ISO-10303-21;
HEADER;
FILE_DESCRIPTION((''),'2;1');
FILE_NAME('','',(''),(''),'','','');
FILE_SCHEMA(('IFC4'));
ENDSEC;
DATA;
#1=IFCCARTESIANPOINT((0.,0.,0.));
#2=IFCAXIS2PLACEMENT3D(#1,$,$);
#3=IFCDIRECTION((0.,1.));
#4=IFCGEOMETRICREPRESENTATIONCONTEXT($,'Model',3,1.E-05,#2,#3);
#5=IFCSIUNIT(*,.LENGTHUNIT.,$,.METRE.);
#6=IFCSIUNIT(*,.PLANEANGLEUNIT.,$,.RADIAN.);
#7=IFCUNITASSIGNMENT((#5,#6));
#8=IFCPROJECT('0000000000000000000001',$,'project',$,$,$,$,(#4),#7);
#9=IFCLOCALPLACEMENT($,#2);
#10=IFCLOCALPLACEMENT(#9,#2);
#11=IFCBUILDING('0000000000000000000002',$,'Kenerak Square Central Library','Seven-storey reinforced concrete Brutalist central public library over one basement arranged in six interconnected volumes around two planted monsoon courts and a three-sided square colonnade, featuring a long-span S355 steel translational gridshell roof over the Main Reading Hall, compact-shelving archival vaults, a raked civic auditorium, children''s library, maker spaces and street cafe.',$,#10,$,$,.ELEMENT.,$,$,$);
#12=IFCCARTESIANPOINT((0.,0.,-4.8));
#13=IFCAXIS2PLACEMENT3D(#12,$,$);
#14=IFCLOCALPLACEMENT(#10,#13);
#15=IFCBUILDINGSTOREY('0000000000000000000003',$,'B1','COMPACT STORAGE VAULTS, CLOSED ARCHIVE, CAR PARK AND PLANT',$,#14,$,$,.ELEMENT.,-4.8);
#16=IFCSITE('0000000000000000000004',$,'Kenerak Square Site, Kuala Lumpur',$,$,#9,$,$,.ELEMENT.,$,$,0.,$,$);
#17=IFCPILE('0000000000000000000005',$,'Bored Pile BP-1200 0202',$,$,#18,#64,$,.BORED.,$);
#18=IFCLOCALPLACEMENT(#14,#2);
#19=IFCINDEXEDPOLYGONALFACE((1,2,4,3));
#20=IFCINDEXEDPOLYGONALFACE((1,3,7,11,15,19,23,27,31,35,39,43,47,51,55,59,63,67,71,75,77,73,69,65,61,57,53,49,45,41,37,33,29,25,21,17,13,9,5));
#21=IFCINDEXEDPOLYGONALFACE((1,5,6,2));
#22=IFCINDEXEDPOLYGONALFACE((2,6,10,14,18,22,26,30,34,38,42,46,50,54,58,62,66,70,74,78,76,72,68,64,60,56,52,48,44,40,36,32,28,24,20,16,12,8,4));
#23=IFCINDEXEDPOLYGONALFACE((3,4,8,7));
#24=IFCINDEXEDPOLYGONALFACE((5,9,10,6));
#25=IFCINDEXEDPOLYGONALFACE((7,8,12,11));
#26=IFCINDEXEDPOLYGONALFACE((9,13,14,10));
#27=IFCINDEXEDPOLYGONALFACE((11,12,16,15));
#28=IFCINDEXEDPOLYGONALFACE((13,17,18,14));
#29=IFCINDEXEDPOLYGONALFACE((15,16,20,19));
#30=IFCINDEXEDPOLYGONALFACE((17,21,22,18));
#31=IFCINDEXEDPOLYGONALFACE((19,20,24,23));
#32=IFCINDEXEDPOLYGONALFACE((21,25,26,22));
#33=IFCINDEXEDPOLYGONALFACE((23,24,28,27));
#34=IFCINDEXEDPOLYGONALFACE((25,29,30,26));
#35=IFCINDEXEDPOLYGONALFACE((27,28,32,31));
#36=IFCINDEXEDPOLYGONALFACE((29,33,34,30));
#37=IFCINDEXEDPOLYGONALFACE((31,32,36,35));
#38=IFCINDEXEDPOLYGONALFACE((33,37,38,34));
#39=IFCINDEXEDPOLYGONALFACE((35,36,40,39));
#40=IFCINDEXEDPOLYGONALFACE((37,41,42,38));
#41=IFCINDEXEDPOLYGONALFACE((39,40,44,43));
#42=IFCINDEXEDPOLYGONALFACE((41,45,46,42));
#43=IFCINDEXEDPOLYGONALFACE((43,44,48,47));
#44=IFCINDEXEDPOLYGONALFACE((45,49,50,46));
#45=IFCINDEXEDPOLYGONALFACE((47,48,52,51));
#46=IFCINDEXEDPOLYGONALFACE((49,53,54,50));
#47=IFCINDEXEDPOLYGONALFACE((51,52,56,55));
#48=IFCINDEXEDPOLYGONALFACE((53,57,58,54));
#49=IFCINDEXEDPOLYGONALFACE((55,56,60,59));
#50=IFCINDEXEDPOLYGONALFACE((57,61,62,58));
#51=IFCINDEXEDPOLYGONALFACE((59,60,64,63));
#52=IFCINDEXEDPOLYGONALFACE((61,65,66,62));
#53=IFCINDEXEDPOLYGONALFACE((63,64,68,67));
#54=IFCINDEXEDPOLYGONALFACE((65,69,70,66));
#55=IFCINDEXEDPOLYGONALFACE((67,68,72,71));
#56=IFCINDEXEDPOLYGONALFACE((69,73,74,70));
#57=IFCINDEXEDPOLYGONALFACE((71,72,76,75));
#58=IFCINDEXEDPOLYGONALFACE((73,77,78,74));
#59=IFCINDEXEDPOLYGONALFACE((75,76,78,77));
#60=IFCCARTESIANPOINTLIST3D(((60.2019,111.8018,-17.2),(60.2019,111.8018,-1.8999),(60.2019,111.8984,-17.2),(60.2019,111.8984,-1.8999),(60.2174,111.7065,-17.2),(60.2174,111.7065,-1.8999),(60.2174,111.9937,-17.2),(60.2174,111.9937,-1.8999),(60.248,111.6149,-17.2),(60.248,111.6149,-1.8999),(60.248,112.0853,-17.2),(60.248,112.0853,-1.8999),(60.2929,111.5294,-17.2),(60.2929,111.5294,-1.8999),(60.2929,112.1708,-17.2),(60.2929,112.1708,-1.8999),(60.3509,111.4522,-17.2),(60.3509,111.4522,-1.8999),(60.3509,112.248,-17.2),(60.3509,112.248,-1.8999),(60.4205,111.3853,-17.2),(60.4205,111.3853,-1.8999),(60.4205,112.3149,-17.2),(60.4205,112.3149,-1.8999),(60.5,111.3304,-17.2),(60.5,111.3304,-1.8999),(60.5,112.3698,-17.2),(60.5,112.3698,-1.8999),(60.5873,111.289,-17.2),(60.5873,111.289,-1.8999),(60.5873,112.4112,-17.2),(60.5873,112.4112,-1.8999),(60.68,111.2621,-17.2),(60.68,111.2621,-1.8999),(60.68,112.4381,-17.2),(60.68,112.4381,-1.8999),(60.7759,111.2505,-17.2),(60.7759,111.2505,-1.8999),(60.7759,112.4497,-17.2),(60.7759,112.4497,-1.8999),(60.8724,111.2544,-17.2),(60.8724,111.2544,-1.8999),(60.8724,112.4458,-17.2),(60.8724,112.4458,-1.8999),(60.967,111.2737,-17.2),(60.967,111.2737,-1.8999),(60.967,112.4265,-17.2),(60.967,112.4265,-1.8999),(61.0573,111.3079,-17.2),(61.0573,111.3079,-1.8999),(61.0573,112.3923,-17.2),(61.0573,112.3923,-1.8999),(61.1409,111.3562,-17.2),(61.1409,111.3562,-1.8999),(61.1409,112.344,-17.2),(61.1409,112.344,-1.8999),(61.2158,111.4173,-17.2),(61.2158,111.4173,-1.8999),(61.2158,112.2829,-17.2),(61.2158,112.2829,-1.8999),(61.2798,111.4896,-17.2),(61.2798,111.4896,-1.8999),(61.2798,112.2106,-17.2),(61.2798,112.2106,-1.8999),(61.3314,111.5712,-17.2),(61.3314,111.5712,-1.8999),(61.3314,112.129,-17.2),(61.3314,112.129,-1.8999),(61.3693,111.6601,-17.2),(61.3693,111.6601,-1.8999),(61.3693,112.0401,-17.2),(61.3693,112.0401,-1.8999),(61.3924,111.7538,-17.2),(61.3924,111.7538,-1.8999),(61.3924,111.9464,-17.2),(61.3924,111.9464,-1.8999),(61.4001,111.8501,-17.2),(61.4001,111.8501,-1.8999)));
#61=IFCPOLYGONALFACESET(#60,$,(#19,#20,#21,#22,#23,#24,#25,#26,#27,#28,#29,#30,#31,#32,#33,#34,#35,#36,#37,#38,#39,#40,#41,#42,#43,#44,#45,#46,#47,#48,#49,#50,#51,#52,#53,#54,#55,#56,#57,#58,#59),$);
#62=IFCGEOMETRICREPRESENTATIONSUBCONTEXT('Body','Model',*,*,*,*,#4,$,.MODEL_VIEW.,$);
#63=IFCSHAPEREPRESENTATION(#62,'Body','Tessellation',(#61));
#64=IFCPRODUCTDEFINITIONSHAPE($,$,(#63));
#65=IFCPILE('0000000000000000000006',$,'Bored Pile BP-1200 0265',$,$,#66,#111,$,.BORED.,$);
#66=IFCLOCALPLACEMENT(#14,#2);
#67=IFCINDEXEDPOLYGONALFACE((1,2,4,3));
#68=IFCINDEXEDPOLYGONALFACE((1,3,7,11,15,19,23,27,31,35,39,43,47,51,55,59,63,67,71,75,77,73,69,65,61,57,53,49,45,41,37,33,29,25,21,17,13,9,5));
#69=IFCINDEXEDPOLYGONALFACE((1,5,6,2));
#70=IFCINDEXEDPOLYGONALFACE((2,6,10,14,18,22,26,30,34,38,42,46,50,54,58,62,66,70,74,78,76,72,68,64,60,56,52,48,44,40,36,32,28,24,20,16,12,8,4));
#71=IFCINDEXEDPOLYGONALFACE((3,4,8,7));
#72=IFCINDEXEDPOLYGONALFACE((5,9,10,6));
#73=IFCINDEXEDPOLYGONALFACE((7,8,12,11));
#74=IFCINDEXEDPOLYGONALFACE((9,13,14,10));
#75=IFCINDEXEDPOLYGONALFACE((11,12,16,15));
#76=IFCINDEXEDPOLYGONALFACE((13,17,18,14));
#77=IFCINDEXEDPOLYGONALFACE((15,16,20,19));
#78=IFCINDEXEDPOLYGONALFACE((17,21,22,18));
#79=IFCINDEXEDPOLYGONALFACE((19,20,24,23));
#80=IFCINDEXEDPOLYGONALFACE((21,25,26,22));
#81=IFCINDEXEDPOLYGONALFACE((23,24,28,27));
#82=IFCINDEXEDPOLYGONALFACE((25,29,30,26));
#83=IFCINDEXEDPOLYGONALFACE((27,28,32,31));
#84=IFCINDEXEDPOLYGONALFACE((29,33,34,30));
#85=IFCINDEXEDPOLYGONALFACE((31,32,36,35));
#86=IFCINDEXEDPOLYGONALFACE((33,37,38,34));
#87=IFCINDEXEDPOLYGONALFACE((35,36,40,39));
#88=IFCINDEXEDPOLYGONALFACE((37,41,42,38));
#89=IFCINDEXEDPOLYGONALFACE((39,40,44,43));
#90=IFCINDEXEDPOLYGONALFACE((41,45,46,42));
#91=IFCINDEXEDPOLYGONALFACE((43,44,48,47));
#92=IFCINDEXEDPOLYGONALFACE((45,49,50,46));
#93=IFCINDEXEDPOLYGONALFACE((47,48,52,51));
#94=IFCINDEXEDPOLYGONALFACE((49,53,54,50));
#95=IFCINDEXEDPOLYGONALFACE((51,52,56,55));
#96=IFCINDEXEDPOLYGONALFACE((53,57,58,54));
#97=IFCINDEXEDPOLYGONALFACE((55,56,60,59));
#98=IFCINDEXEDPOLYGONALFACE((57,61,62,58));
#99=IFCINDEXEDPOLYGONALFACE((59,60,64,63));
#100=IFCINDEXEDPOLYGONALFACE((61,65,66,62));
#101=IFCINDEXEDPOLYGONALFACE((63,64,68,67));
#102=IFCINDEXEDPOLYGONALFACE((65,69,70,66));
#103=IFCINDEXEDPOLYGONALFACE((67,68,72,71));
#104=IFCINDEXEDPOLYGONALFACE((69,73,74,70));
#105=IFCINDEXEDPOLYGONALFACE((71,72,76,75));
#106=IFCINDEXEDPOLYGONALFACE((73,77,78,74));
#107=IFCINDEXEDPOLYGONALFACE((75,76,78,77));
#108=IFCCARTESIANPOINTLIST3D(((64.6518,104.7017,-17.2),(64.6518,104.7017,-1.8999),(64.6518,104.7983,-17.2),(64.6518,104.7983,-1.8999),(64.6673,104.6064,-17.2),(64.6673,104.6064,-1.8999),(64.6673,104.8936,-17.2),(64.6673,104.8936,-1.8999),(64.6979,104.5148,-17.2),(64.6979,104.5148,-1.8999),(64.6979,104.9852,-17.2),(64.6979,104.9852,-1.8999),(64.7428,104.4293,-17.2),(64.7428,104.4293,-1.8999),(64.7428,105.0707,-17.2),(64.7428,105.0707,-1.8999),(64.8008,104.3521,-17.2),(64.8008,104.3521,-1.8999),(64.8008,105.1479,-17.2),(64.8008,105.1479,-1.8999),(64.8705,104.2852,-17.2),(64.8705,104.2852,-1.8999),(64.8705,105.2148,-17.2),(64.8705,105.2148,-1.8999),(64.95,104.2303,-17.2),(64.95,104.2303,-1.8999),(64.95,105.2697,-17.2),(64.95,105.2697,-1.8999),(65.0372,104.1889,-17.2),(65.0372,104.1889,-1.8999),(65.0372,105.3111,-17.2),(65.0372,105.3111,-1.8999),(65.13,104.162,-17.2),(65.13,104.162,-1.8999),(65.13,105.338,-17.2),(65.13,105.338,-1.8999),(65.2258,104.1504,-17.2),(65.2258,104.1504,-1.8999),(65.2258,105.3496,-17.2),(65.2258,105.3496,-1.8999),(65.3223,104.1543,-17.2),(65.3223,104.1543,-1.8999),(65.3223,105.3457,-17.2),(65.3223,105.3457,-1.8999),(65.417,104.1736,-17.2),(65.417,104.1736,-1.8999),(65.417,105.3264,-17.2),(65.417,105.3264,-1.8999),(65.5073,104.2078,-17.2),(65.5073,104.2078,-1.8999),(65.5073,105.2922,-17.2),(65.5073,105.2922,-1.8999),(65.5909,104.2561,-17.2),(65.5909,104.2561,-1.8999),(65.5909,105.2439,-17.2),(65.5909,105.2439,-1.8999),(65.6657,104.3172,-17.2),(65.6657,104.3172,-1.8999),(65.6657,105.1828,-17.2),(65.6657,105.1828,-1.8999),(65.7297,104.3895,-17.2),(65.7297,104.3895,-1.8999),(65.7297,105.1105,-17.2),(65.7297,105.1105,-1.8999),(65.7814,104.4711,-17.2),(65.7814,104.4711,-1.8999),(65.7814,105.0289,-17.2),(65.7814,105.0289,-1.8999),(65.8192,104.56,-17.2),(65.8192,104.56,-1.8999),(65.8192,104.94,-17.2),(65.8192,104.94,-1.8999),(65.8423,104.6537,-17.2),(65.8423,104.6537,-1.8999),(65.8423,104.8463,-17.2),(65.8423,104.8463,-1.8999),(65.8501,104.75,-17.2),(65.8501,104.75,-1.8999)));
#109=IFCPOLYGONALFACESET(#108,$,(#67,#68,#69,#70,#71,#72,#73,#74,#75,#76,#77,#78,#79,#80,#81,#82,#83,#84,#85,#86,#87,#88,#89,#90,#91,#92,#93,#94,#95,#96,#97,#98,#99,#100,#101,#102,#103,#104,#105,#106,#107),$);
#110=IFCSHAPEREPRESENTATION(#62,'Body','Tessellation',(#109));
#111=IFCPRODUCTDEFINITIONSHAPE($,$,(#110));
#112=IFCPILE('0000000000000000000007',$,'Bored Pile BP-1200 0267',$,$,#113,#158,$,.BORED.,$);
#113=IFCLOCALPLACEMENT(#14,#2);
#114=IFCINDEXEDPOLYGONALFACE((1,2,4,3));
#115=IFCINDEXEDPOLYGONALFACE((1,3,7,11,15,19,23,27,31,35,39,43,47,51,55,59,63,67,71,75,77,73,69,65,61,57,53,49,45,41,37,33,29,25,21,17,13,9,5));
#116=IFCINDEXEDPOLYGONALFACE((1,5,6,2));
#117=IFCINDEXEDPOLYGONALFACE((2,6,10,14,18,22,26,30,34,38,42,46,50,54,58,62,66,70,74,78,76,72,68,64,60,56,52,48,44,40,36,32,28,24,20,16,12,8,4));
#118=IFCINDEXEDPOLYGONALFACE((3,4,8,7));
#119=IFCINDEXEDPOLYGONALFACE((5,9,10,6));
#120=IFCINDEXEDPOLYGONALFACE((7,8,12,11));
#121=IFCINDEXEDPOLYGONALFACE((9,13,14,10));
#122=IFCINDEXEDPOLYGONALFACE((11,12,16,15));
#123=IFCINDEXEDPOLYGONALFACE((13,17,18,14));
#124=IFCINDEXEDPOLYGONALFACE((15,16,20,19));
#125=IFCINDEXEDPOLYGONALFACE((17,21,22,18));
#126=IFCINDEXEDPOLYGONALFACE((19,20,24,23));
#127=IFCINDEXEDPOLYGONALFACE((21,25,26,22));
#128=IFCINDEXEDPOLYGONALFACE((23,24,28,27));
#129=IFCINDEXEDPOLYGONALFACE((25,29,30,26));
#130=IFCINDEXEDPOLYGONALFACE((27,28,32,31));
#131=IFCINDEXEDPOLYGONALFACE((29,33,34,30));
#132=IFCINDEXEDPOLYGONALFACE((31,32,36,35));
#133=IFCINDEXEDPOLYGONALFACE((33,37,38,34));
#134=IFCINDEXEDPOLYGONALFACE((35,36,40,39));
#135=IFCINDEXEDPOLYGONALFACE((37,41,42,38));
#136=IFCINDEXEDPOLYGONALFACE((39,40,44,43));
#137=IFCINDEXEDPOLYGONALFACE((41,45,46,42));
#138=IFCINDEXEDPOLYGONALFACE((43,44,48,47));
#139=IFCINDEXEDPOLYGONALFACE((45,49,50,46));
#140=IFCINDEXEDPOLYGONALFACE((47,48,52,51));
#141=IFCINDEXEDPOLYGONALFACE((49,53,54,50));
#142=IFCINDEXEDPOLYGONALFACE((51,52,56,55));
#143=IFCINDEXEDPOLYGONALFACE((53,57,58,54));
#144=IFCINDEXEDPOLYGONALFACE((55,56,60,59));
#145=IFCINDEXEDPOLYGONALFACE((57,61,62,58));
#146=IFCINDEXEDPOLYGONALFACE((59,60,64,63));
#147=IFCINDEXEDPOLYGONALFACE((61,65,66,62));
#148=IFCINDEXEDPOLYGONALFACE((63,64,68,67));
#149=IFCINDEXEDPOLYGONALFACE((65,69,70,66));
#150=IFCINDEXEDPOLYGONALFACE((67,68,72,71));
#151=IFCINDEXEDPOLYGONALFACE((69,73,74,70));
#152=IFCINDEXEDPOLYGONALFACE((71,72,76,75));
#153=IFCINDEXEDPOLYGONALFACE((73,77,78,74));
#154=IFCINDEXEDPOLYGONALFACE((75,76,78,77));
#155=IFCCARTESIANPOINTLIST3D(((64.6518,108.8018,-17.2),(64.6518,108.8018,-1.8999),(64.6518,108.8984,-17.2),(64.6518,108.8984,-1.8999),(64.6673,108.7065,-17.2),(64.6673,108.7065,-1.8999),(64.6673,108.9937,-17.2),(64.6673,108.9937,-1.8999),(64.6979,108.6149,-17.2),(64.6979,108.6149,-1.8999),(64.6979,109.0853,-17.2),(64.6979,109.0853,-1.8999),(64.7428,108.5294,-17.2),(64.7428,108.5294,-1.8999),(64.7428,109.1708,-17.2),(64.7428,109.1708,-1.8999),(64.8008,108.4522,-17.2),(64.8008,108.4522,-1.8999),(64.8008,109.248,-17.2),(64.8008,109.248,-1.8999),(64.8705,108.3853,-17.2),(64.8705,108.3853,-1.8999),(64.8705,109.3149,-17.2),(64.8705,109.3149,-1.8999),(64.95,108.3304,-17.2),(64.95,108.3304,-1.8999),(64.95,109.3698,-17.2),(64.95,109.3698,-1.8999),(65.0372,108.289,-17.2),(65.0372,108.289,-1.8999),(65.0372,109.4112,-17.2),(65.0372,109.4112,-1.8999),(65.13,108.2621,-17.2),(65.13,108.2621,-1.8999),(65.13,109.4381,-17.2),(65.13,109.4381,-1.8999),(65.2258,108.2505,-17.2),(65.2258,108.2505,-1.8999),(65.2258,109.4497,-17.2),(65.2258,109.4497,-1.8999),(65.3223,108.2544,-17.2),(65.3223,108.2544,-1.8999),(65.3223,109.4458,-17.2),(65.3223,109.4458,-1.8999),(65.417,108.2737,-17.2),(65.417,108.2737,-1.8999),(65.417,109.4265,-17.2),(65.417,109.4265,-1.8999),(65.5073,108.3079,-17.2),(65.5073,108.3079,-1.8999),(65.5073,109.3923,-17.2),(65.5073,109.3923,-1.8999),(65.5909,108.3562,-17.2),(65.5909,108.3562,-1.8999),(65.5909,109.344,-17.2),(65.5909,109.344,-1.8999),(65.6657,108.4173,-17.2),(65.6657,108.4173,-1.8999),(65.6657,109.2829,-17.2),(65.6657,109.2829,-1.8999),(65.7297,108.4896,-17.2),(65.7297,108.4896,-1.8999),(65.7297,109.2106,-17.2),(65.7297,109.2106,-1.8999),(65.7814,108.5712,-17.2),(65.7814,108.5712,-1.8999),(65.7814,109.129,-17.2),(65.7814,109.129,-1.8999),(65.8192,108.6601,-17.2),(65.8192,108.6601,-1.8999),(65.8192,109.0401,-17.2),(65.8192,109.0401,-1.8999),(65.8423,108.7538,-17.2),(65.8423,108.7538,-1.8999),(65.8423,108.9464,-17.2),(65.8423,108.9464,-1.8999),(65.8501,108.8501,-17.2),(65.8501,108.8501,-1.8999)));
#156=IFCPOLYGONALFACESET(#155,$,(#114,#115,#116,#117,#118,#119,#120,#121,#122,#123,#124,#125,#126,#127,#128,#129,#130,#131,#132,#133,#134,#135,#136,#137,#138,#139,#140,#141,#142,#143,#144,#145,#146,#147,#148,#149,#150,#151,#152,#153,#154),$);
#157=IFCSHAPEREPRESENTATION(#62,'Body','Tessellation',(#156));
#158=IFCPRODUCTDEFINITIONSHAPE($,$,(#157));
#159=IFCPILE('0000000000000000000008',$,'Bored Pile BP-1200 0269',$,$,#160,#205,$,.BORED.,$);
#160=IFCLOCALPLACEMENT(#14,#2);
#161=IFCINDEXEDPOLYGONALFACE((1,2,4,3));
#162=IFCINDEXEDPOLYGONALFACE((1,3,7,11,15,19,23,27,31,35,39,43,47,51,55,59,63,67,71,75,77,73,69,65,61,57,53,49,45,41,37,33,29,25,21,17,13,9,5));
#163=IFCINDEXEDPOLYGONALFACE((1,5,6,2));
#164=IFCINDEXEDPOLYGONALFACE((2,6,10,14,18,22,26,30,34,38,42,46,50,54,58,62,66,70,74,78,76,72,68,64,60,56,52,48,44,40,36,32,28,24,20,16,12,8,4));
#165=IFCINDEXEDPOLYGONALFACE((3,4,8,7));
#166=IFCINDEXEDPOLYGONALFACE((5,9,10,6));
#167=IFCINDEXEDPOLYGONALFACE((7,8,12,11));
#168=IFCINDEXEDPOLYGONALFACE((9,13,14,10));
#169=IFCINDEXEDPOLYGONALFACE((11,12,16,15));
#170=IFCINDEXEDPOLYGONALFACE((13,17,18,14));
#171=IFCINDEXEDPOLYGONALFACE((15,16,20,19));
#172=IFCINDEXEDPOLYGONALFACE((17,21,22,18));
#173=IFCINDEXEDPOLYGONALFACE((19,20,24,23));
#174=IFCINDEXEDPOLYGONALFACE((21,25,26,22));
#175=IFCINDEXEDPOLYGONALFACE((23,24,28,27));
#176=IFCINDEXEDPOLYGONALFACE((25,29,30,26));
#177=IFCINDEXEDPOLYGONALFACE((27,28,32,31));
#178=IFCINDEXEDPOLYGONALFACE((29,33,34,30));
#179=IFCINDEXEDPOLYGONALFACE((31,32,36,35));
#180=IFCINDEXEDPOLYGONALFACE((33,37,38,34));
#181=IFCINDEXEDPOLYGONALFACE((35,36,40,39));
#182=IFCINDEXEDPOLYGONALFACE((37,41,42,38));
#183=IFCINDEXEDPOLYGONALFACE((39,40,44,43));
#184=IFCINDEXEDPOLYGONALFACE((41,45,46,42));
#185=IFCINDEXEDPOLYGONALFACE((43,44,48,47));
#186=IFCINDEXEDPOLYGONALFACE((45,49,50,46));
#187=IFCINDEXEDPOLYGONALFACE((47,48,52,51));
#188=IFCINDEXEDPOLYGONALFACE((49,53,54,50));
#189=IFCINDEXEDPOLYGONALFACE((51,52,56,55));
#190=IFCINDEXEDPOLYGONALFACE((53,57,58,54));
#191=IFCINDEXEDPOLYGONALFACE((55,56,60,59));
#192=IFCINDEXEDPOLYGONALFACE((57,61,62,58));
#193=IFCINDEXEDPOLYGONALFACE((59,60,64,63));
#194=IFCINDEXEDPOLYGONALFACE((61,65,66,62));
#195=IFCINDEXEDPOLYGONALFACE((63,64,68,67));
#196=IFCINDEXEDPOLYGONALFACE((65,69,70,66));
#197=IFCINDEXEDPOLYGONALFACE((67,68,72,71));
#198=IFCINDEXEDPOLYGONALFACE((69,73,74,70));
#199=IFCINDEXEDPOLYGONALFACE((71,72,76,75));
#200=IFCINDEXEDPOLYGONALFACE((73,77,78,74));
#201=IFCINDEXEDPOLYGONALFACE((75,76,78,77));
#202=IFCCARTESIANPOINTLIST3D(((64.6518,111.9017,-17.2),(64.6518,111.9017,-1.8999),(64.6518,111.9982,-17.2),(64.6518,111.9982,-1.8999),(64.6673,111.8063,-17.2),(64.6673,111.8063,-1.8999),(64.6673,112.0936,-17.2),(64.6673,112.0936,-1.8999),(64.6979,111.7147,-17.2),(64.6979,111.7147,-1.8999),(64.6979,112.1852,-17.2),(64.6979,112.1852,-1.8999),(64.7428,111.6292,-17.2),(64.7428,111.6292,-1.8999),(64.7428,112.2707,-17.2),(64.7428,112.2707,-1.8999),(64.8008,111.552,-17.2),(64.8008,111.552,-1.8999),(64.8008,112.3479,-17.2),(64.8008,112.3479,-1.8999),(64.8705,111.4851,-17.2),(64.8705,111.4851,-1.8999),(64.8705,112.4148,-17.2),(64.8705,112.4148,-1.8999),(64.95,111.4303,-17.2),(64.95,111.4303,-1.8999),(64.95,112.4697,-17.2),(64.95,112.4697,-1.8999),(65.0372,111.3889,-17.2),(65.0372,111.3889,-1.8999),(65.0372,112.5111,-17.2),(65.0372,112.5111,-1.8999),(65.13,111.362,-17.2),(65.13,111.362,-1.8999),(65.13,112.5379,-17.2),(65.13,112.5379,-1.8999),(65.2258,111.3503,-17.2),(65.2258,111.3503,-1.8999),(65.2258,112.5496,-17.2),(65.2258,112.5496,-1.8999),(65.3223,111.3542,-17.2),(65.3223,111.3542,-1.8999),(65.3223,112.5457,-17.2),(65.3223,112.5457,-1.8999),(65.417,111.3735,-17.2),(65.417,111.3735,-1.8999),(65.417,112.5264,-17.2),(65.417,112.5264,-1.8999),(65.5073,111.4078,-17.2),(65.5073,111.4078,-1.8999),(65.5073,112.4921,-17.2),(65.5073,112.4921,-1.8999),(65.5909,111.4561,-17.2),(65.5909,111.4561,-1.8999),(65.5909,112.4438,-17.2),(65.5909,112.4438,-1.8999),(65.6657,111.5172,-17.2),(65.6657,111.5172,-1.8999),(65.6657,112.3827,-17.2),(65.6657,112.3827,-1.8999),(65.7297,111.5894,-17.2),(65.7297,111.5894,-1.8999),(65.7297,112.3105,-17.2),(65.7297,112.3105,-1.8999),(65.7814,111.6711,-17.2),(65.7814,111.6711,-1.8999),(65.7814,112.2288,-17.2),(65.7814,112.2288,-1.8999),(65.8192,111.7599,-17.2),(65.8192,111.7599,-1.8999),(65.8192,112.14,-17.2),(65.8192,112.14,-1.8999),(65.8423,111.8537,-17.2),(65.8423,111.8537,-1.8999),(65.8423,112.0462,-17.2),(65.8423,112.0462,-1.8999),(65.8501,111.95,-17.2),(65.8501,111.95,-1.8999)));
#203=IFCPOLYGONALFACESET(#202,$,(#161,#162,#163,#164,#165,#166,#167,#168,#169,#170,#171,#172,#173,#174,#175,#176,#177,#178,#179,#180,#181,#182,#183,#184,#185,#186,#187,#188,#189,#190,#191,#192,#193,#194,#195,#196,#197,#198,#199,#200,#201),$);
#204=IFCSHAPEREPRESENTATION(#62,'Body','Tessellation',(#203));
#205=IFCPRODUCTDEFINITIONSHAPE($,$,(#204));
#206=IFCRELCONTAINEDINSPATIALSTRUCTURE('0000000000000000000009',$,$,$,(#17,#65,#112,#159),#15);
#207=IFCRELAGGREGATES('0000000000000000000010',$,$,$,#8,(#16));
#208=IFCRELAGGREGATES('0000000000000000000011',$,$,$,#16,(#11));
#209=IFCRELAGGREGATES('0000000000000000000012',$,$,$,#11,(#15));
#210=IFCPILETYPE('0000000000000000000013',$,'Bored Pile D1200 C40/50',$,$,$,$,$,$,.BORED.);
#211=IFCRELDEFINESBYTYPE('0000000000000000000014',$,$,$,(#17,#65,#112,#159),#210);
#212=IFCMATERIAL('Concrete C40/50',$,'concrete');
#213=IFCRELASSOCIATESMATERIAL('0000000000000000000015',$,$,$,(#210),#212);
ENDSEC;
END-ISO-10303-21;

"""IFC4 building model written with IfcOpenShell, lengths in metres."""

from ifc_helpers import new_model, si_unit, direction, frame, origin, origin_2d, place, context, subcontext, project, spatial, circle, extrude, material, material_profile, profile_set, type_object, element, save


model = new_model("IFC4")

# Units and contexts
model_context = context("Model", 3, precision=1e-05, world=origin(), true_north=direction((0.0, 1.0)))
body_context = subcontext(model_context, "Body", "Model", "MODEL_VIEW")
ifc_project = project(units=[si_unit("LENGTHUNIT", "METRE"), si_unit("PLANEANGLEUNIT", "RADIAN")], contexts=[model_context])

# Site, building, storey
site_placement = place(None, origin())
site = spatial("IfcSite", under=ifc_project, at=site_placement, Name="Kenerak Square Site, Kuala Lumpur", CompositionType="ELEMENT", RefElevation=0.0)
building_placement = place(site_placement, origin())
building = spatial("IfcBuilding", under=site, at=building_placement, Name="Kenerak Square Central Library", Description="Seven-storey reinforced concrete Brutalist central public library over one basement arranged in six interconnected volumes around two planted monsoon courts and a three-sided square colonnade, featuring a long-span S355 steel translational gridshell roof over the Main Reading Hall, compact-shelving archival vaults, a raked civic auditorium, children's library, maker spaces and street cafe.", CompositionType="ELEMENT")
storey_placement = place(building_placement, frame((0.0, 0.0, -4.8)))
storey = spatial("IfcBuildingStorey", under=building, at=storey_placement, Name="B1", Description="COMPACT STORAGE VAULTS, CLOSED ARCHIVE, CAR PARK AND PLANT", CompositionType="ELEMENT", Elevation=-4.8)

# Piles
ifc_material_1 = material(Name="Concrete C40/50", Category="concrete")
ifc_material_profile_1 = material_profile(ifc_material_1, circle(Radius=0.6001, at=origin_2d()), Name="BP D1200")
ifc_profile_set_1 = profile_set([ifc_material_profile_1], Name="Concrete C40/50")
pile_type_1 = type_object("IfcPileType", Name="Bored Pile D1200 C40/50", PredefinedType="BORED", material=ifc_profile_set_1)
for number, where, z_axis, x_axis, name in (
    (1, (60.8, 111.8501, -1.8999), (0.0, 0.0, -1.0), (1.0, 0.0, 0.0), "Bored Pile BP-1200 0202"),
    (2, (65.25, 104.75, -1.8999), (0.0, 0.0, -1.0), (1.0, 0.0, 0.0), "Bored Pile BP-1200 0265"),
    (3, (65.25, 108.8501, -1.8999), (0.0, 0.0, -1.0), (1.0, 0.0, 0.0), "Bored Pile BP-1200 0267"),
    (4, (65.25, 111.95, -1.8999), (0.0, 0.0, -1.0), (1.0, 0.0, 0.0), "Bored Pile BP-1200 0269"),
):
    element("IfcPile", number, at=place(storey_placement, frame(where, z_axis=z_axis, x_axis=x_axis)), inside=storey, type_object=pile_type_1, Name=name, PredefinedType="BORED", context=body_context, shape_type="SweptSolid", body=[
        extrude(circle(Radius=0.6001, at=origin_2d()), origin(), (0.0, 0.0, 1.0), 15.3),
    ])

save(model, "model.ifc")
